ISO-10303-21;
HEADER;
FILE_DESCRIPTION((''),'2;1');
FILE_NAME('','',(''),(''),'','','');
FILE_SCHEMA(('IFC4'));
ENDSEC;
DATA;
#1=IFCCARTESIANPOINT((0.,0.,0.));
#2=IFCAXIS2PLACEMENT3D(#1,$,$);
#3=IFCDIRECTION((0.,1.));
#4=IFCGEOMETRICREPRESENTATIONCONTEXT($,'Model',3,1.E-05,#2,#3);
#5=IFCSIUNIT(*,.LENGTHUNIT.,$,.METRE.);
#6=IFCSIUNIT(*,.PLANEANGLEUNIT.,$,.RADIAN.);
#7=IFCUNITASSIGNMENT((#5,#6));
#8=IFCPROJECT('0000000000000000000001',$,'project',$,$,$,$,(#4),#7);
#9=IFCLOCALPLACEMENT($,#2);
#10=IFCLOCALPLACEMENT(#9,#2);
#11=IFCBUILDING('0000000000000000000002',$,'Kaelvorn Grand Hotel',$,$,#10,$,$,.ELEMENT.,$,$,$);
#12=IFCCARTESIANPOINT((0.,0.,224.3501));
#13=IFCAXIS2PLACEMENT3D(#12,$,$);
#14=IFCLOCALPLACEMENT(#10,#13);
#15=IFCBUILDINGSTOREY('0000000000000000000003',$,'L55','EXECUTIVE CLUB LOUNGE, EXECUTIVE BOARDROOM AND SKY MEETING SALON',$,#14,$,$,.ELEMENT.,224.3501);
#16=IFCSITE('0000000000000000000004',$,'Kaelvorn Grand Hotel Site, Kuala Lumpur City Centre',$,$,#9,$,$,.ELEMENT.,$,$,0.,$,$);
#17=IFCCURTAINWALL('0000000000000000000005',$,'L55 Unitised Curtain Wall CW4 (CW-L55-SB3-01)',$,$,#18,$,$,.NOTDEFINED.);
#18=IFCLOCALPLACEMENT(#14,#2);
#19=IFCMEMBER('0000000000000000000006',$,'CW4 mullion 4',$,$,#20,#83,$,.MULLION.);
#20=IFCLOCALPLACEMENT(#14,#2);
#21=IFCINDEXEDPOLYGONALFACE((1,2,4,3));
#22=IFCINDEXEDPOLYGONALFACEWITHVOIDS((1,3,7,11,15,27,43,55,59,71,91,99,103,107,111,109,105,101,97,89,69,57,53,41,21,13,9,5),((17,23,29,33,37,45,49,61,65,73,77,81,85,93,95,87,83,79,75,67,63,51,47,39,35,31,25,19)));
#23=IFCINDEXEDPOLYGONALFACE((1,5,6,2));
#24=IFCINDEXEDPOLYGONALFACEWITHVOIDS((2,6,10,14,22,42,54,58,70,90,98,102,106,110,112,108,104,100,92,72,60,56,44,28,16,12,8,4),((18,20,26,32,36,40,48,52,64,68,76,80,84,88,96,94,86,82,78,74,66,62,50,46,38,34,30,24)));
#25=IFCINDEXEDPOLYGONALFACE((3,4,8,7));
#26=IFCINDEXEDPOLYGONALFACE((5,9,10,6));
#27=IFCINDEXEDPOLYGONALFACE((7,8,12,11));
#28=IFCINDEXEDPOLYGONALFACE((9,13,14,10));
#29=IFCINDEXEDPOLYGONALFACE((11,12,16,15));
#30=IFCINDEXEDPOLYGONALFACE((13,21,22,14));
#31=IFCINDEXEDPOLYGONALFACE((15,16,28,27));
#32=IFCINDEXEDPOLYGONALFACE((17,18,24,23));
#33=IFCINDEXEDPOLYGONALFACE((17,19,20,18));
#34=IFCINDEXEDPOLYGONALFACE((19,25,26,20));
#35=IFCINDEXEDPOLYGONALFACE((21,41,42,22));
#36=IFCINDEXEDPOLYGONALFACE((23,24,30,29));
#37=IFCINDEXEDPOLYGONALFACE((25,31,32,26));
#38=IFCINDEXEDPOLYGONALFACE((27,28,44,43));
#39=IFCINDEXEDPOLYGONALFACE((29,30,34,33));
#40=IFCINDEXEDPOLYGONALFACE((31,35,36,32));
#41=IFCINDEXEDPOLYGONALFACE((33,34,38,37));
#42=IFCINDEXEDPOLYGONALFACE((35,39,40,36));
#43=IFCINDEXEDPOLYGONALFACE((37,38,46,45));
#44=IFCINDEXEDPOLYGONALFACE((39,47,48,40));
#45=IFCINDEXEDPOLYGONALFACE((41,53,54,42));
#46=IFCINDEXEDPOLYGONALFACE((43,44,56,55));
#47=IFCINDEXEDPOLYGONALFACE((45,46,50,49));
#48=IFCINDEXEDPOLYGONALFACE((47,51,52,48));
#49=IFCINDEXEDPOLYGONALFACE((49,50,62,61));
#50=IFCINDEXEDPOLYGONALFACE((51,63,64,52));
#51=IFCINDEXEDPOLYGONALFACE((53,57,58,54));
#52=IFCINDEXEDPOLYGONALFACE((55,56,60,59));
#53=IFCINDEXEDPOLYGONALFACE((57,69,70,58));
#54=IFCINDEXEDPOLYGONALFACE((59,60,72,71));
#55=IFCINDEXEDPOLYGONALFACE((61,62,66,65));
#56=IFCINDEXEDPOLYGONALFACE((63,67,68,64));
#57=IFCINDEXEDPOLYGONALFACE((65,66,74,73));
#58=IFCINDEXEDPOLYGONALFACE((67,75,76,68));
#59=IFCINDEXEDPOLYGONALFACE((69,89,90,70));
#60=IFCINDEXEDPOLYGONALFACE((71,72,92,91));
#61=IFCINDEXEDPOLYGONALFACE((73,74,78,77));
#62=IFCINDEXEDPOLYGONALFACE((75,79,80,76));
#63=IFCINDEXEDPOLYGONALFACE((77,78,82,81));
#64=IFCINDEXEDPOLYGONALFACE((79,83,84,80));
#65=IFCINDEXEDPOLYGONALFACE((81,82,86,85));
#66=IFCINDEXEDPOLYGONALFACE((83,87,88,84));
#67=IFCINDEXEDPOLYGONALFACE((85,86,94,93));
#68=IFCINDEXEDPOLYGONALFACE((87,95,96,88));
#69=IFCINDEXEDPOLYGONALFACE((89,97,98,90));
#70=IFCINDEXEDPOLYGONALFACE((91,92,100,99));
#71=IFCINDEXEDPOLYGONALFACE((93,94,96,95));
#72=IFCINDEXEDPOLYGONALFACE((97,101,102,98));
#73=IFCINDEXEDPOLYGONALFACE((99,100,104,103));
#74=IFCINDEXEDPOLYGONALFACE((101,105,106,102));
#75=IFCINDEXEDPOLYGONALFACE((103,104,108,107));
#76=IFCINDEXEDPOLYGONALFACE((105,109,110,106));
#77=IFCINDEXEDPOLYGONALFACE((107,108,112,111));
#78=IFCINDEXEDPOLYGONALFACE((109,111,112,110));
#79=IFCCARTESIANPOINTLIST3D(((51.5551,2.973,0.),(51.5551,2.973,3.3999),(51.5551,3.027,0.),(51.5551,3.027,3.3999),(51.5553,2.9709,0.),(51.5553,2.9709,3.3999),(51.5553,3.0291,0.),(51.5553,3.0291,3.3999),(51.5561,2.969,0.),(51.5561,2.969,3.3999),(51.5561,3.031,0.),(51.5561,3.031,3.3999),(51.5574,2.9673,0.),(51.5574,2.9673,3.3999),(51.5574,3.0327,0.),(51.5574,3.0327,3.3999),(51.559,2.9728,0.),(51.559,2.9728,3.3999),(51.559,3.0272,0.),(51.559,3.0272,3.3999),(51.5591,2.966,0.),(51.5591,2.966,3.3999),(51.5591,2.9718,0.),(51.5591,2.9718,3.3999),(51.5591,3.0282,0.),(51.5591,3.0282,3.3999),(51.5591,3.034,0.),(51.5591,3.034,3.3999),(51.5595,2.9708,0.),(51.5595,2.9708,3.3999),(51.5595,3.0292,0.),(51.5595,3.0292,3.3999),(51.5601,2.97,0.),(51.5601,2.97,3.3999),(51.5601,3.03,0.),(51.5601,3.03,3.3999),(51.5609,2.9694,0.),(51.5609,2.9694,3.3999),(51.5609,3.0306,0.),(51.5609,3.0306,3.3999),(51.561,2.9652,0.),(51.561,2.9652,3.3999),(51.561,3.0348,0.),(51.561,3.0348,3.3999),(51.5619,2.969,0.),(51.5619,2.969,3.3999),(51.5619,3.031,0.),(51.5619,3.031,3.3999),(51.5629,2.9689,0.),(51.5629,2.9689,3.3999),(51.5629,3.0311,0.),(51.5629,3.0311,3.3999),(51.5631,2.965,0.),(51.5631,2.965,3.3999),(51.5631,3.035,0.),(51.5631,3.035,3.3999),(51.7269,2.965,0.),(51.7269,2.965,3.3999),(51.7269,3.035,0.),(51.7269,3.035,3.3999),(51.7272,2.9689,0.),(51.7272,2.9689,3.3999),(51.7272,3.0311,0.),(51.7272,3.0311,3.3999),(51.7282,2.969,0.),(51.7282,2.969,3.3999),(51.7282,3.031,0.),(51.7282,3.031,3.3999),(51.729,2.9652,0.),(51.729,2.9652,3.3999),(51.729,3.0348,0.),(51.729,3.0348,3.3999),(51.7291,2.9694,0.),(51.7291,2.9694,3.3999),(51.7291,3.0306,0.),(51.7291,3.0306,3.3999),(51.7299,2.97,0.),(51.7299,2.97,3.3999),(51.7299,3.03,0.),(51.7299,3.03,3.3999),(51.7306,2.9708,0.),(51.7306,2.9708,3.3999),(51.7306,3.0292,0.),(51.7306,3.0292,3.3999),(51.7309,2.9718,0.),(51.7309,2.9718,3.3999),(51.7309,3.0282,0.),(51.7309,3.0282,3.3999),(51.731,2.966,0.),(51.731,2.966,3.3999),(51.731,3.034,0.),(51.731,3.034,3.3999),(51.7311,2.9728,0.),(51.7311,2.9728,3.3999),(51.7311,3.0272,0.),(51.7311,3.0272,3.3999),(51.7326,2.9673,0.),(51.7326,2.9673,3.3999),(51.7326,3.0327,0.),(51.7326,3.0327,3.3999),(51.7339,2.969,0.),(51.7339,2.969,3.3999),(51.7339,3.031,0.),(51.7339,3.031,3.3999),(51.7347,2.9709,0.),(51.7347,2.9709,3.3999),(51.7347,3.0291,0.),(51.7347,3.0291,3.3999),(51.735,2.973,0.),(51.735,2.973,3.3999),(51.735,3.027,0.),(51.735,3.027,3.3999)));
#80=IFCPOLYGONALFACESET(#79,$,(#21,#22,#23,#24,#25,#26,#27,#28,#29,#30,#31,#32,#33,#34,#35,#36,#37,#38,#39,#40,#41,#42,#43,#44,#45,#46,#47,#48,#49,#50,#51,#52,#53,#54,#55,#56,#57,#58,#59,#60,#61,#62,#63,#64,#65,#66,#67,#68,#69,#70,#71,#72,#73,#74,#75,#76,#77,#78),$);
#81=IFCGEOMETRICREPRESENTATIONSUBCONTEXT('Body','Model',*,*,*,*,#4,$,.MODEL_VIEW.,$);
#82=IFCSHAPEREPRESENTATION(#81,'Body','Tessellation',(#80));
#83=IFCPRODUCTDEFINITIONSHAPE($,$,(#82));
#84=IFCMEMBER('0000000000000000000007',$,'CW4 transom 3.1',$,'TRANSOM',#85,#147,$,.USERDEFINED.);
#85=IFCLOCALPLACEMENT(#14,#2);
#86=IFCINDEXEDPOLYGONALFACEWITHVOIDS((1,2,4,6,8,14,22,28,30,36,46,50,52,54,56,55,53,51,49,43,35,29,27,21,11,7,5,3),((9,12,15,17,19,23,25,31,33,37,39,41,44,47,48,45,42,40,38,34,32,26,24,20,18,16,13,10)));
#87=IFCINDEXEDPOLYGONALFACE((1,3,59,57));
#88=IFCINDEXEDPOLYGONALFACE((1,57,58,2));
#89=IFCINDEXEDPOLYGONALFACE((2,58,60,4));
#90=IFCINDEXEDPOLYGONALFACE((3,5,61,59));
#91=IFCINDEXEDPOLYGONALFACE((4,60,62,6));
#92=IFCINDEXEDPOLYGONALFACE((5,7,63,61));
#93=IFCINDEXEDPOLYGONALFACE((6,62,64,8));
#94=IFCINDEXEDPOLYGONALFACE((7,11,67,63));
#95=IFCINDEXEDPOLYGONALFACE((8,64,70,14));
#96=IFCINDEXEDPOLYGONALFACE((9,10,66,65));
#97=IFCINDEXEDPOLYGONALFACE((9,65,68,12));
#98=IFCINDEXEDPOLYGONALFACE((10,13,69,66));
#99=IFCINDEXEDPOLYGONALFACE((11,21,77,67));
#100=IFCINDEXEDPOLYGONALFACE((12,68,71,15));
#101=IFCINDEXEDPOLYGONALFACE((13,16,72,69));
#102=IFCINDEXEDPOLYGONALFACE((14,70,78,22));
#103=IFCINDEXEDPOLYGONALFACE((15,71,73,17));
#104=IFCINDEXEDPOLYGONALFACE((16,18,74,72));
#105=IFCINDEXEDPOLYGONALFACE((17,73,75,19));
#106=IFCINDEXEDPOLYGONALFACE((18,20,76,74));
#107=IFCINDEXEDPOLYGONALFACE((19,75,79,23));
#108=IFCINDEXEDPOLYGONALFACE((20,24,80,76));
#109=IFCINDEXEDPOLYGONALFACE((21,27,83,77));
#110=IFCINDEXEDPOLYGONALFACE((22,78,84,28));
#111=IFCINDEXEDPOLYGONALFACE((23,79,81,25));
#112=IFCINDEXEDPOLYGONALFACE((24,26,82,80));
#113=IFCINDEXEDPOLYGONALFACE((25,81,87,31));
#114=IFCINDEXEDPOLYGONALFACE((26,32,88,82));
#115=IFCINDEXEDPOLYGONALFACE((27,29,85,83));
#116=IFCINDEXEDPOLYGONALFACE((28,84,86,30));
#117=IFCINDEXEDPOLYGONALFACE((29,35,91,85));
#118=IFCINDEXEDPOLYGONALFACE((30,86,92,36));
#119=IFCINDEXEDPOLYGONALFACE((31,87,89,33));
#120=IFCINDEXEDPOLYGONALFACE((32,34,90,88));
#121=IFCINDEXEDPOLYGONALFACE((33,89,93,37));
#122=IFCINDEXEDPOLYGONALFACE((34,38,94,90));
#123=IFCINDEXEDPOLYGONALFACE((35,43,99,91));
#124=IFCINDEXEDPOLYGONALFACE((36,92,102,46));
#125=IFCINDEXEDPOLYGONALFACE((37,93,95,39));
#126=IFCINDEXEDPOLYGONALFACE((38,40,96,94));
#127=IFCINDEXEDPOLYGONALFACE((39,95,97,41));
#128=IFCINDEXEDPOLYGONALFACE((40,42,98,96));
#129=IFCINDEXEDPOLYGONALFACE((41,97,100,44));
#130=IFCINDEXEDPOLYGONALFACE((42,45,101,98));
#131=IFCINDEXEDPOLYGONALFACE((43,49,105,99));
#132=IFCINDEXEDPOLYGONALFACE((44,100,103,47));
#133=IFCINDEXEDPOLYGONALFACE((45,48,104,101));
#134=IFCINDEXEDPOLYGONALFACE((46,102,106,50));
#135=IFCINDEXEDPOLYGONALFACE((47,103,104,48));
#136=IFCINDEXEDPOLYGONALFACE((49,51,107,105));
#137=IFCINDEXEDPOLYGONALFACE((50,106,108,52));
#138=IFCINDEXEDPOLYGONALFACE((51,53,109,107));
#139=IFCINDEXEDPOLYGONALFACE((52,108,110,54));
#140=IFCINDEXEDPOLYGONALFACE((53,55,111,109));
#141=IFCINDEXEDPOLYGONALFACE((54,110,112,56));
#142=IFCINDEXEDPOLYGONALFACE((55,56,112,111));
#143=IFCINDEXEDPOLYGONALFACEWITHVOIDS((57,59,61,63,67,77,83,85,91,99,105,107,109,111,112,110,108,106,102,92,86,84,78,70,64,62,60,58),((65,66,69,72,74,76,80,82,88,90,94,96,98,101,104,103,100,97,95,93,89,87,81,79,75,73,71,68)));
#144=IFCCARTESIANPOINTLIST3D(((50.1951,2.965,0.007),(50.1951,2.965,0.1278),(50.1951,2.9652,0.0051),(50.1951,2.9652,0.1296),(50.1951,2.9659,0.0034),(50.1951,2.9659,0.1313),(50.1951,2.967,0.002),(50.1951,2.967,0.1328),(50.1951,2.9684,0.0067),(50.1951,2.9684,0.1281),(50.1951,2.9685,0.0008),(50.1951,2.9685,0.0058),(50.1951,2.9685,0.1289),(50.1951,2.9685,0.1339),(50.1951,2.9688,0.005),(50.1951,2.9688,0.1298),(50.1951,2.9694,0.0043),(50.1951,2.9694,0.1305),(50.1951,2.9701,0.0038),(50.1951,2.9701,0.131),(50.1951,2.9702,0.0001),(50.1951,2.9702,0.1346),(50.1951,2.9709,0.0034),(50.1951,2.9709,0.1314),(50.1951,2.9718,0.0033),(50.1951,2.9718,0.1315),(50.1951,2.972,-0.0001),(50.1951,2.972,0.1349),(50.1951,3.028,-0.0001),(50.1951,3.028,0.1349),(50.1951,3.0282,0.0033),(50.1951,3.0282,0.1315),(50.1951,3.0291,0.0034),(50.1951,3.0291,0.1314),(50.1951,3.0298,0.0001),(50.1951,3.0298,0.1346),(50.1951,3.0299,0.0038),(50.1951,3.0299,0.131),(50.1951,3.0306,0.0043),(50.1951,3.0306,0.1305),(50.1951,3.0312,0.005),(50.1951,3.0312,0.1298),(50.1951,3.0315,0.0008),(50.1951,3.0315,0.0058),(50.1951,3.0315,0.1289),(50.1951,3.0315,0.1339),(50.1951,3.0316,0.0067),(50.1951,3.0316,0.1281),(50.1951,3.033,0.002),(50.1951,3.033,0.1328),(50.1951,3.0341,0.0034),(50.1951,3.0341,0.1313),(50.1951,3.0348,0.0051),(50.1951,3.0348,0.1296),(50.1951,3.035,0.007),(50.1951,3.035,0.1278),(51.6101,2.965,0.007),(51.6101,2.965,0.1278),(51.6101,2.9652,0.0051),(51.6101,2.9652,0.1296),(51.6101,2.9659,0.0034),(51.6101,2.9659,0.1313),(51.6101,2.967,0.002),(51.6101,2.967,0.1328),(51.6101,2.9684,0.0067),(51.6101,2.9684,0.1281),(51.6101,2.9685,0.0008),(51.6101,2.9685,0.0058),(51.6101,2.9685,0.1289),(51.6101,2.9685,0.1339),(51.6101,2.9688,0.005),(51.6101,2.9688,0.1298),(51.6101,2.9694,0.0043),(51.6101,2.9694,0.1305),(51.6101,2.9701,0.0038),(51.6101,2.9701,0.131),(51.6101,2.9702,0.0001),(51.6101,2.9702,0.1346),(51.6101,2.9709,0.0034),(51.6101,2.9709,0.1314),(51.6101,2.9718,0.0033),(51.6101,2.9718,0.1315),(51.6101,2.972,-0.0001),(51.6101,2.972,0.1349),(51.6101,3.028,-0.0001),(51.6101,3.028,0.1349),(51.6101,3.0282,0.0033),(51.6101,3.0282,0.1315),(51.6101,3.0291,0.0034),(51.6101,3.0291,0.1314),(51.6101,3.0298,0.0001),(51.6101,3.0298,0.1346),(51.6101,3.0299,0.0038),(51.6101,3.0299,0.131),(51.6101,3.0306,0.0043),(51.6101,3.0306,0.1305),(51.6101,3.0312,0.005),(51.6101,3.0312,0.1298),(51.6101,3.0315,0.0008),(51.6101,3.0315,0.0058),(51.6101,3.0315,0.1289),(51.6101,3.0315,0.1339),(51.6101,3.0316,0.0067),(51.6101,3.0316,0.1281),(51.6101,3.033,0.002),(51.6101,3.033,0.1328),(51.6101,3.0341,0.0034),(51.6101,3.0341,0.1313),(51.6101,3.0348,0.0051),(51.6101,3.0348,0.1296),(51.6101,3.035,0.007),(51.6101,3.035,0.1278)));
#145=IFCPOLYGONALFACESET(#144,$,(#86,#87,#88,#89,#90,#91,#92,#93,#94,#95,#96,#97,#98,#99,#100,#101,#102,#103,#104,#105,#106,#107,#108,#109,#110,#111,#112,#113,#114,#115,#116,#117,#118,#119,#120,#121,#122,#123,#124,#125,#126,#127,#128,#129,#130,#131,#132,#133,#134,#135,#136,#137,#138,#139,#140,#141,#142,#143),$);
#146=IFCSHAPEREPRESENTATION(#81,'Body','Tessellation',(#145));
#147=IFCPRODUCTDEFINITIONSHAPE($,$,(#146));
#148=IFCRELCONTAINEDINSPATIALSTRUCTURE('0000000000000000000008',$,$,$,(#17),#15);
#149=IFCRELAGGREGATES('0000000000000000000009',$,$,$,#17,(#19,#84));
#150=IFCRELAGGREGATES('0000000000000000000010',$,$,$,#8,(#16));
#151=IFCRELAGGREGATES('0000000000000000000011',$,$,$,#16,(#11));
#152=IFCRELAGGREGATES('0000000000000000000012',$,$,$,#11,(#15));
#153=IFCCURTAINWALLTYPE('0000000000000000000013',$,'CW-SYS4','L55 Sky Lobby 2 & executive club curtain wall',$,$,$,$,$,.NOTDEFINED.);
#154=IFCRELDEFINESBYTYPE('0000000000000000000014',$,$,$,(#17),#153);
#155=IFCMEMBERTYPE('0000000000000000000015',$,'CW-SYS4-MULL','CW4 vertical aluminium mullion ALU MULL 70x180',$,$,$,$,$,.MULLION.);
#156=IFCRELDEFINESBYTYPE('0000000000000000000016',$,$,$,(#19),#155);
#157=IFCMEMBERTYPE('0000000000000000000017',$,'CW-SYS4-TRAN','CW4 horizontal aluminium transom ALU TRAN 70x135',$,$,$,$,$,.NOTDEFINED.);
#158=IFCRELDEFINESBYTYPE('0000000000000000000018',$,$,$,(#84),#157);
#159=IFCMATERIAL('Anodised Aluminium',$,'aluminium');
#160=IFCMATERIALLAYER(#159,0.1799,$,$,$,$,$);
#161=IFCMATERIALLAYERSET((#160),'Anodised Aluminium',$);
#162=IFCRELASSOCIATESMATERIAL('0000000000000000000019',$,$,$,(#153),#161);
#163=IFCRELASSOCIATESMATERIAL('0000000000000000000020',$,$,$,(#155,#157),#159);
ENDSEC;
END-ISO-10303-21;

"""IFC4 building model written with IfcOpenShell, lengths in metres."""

from ifc_helpers import new_model, si_unit, direction, frame, origin, origin_2d, place, context, subcontext, project, spatial, hollow_rectangle, extrude, material, layer, layer_set, material_profile, profile_set, type_object, element, aggregate, save


model = new_model("IFC4")

# Units and contexts
model_context = context("Model", 3, precision=1e-05, world=origin(), true_north=direction((0.0, 1.0)))
body_context = subcontext(model_context, "Body", "Model", "MODEL_VIEW")
ifc_project = project(units=[si_unit("LENGTHUNIT", "METRE"), si_unit("PLANEANGLEUNIT", "RADIAN")], contexts=[model_context])

# Site, building, storey
site_placement = place(None, origin())
site = spatial("IfcSite", under=ifc_project, at=site_placement, Name="Kaelvorn Grand Hotel Site, Kuala Lumpur City Centre", CompositionType="ELEMENT", RefElevation=0.0)
building_placement = place(site_placement, origin())
building = spatial("IfcBuilding", under=site, at=building_placement, Name="Kaelvorn Grand Hotel", CompositionType="ELEMENT")
storey_placement = place(building_placement, frame((0.0, 0.0, 224.3501)))
storey = spatial("IfcBuildingStorey", under=building, at=storey_placement, Name="L55", Description="EXECUTIVE CLUB LOUNGE, EXECUTIVE BOARDROOM AND SKY MEETING SALON", CompositionType="ELEMENT", Elevation=224.3501)

# Curtain wall, members
ifc_material_1 = material(Name="Anodised Aluminium", Category="aluminium")
ifc_layer_1 = layer(ifc_material_1, 0.1799)
ifc_layer_set_1 = layer_set([ifc_layer_1], Name="Anodised Aluminium")
curtain_wall_type = type_object("IfcCurtainWallType", Name="CW-SYS4", Description="L55 Sky Lobby 2 & executive club curtain wall", PredefinedType="NOTDEFINED", material=ifc_layer_set_1)
curtain_wall_placement = place(storey_placement, origin())
curtain_wall = element("IfcCurtainWall", 1, at=curtain_wall_placement, inside=storey, type_object=curtain_wall_type, Name="L55 Unitised Curtain Wall CW4 (CW-L55-SB3-01)", PredefinedType="NOTDEFINED")
ifc_material_profile_1 = material_profile(ifc_material_1, hollow_rectangle(XDim=0.0701, YDim=0.1799, WallThickness=0.0039, InnerFilletRadius=0.0039, OuterFilletRadius=0.0081, at=origin_2d()), Name="ALU MULL 70x180")
ifc_profile_set_1 = profile_set([ifc_material_profile_1], Name="Anodised Aluminium")
member_type_1 = type_object("IfcMemberType", Name="CW-SYS4-MULL", Description="CW4 vertical aluminium mullion ALU MULL 70x180", PredefinedType="MULLION", material=ifc_profile_set_1)
member_1_placement = place(storey_placement, frame((51.645, 3.0, 0.0), z_axis=(0.0, 0.0, 1.0), x_axis=(0.0, 1.0, 0.0)))
member_1 = element("IfcMember", 2, at=member_1_placement, type_object=member_type_1, Name="CW4 mullion 4", PredefinedType="MULLION", context=body_context, shape_type="SweptSolid", body=[
    extrude(hollow_rectangle(XDim=0.0701, YDim=0.1799, WallThickness=0.0039, InnerFilletRadius=0.0039, OuterFilletRadius=0.0081, at=origin_2d()), origin(), (0.0, 0.0, 1.0), 3.3999),
])
ifc_material_profile_2 = material_profile(ifc_material_1, hollow_rectangle(XDim=0.0701, YDim=0.135, WallThickness=0.0034, InnerFilletRadius=0.0034, OuterFilletRadius=0.0071, at=origin_2d()), Name="ALU TRAN 70x135")
ifc_profile_set_2 = profile_set([ifc_material_profile_2], Name="Anodised Aluminium")
member_type_2 = type_object("IfcMemberType", Name="CW-SYS4-TRAN", Description="CW4 horizontal aluminium transom ALU TRAN 70x135", PredefinedType="NOTDEFINED", material=ifc_profile_set_2)
member_2_placement = place(storey_placement, frame((50.1951, 3.0, 0.0674), z_axis=(1.0, 0.0, 0.0), x_axis=(0.0, 1.0, 0.0)))
member_2 = element("IfcMember", 3, at=member_2_placement, type_object=member_type_2, Name="CW4 transom 3.1", ObjectType="TRANSOM", PredefinedType="USERDEFINED", context=body_context, shape_type="SweptSolid", body=[
    extrude(hollow_rectangle(XDim=0.0701, YDim=0.135, WallThickness=0.0034, InnerFilletRadius=0.0034, OuterFilletRadius=0.0071, at=origin_2d()), origin(), (0.0, 0.0, 1.0), 1.415),
])
aggregate(curtain_wall, [member_1, member_2])

save(model, "model.ifc")
